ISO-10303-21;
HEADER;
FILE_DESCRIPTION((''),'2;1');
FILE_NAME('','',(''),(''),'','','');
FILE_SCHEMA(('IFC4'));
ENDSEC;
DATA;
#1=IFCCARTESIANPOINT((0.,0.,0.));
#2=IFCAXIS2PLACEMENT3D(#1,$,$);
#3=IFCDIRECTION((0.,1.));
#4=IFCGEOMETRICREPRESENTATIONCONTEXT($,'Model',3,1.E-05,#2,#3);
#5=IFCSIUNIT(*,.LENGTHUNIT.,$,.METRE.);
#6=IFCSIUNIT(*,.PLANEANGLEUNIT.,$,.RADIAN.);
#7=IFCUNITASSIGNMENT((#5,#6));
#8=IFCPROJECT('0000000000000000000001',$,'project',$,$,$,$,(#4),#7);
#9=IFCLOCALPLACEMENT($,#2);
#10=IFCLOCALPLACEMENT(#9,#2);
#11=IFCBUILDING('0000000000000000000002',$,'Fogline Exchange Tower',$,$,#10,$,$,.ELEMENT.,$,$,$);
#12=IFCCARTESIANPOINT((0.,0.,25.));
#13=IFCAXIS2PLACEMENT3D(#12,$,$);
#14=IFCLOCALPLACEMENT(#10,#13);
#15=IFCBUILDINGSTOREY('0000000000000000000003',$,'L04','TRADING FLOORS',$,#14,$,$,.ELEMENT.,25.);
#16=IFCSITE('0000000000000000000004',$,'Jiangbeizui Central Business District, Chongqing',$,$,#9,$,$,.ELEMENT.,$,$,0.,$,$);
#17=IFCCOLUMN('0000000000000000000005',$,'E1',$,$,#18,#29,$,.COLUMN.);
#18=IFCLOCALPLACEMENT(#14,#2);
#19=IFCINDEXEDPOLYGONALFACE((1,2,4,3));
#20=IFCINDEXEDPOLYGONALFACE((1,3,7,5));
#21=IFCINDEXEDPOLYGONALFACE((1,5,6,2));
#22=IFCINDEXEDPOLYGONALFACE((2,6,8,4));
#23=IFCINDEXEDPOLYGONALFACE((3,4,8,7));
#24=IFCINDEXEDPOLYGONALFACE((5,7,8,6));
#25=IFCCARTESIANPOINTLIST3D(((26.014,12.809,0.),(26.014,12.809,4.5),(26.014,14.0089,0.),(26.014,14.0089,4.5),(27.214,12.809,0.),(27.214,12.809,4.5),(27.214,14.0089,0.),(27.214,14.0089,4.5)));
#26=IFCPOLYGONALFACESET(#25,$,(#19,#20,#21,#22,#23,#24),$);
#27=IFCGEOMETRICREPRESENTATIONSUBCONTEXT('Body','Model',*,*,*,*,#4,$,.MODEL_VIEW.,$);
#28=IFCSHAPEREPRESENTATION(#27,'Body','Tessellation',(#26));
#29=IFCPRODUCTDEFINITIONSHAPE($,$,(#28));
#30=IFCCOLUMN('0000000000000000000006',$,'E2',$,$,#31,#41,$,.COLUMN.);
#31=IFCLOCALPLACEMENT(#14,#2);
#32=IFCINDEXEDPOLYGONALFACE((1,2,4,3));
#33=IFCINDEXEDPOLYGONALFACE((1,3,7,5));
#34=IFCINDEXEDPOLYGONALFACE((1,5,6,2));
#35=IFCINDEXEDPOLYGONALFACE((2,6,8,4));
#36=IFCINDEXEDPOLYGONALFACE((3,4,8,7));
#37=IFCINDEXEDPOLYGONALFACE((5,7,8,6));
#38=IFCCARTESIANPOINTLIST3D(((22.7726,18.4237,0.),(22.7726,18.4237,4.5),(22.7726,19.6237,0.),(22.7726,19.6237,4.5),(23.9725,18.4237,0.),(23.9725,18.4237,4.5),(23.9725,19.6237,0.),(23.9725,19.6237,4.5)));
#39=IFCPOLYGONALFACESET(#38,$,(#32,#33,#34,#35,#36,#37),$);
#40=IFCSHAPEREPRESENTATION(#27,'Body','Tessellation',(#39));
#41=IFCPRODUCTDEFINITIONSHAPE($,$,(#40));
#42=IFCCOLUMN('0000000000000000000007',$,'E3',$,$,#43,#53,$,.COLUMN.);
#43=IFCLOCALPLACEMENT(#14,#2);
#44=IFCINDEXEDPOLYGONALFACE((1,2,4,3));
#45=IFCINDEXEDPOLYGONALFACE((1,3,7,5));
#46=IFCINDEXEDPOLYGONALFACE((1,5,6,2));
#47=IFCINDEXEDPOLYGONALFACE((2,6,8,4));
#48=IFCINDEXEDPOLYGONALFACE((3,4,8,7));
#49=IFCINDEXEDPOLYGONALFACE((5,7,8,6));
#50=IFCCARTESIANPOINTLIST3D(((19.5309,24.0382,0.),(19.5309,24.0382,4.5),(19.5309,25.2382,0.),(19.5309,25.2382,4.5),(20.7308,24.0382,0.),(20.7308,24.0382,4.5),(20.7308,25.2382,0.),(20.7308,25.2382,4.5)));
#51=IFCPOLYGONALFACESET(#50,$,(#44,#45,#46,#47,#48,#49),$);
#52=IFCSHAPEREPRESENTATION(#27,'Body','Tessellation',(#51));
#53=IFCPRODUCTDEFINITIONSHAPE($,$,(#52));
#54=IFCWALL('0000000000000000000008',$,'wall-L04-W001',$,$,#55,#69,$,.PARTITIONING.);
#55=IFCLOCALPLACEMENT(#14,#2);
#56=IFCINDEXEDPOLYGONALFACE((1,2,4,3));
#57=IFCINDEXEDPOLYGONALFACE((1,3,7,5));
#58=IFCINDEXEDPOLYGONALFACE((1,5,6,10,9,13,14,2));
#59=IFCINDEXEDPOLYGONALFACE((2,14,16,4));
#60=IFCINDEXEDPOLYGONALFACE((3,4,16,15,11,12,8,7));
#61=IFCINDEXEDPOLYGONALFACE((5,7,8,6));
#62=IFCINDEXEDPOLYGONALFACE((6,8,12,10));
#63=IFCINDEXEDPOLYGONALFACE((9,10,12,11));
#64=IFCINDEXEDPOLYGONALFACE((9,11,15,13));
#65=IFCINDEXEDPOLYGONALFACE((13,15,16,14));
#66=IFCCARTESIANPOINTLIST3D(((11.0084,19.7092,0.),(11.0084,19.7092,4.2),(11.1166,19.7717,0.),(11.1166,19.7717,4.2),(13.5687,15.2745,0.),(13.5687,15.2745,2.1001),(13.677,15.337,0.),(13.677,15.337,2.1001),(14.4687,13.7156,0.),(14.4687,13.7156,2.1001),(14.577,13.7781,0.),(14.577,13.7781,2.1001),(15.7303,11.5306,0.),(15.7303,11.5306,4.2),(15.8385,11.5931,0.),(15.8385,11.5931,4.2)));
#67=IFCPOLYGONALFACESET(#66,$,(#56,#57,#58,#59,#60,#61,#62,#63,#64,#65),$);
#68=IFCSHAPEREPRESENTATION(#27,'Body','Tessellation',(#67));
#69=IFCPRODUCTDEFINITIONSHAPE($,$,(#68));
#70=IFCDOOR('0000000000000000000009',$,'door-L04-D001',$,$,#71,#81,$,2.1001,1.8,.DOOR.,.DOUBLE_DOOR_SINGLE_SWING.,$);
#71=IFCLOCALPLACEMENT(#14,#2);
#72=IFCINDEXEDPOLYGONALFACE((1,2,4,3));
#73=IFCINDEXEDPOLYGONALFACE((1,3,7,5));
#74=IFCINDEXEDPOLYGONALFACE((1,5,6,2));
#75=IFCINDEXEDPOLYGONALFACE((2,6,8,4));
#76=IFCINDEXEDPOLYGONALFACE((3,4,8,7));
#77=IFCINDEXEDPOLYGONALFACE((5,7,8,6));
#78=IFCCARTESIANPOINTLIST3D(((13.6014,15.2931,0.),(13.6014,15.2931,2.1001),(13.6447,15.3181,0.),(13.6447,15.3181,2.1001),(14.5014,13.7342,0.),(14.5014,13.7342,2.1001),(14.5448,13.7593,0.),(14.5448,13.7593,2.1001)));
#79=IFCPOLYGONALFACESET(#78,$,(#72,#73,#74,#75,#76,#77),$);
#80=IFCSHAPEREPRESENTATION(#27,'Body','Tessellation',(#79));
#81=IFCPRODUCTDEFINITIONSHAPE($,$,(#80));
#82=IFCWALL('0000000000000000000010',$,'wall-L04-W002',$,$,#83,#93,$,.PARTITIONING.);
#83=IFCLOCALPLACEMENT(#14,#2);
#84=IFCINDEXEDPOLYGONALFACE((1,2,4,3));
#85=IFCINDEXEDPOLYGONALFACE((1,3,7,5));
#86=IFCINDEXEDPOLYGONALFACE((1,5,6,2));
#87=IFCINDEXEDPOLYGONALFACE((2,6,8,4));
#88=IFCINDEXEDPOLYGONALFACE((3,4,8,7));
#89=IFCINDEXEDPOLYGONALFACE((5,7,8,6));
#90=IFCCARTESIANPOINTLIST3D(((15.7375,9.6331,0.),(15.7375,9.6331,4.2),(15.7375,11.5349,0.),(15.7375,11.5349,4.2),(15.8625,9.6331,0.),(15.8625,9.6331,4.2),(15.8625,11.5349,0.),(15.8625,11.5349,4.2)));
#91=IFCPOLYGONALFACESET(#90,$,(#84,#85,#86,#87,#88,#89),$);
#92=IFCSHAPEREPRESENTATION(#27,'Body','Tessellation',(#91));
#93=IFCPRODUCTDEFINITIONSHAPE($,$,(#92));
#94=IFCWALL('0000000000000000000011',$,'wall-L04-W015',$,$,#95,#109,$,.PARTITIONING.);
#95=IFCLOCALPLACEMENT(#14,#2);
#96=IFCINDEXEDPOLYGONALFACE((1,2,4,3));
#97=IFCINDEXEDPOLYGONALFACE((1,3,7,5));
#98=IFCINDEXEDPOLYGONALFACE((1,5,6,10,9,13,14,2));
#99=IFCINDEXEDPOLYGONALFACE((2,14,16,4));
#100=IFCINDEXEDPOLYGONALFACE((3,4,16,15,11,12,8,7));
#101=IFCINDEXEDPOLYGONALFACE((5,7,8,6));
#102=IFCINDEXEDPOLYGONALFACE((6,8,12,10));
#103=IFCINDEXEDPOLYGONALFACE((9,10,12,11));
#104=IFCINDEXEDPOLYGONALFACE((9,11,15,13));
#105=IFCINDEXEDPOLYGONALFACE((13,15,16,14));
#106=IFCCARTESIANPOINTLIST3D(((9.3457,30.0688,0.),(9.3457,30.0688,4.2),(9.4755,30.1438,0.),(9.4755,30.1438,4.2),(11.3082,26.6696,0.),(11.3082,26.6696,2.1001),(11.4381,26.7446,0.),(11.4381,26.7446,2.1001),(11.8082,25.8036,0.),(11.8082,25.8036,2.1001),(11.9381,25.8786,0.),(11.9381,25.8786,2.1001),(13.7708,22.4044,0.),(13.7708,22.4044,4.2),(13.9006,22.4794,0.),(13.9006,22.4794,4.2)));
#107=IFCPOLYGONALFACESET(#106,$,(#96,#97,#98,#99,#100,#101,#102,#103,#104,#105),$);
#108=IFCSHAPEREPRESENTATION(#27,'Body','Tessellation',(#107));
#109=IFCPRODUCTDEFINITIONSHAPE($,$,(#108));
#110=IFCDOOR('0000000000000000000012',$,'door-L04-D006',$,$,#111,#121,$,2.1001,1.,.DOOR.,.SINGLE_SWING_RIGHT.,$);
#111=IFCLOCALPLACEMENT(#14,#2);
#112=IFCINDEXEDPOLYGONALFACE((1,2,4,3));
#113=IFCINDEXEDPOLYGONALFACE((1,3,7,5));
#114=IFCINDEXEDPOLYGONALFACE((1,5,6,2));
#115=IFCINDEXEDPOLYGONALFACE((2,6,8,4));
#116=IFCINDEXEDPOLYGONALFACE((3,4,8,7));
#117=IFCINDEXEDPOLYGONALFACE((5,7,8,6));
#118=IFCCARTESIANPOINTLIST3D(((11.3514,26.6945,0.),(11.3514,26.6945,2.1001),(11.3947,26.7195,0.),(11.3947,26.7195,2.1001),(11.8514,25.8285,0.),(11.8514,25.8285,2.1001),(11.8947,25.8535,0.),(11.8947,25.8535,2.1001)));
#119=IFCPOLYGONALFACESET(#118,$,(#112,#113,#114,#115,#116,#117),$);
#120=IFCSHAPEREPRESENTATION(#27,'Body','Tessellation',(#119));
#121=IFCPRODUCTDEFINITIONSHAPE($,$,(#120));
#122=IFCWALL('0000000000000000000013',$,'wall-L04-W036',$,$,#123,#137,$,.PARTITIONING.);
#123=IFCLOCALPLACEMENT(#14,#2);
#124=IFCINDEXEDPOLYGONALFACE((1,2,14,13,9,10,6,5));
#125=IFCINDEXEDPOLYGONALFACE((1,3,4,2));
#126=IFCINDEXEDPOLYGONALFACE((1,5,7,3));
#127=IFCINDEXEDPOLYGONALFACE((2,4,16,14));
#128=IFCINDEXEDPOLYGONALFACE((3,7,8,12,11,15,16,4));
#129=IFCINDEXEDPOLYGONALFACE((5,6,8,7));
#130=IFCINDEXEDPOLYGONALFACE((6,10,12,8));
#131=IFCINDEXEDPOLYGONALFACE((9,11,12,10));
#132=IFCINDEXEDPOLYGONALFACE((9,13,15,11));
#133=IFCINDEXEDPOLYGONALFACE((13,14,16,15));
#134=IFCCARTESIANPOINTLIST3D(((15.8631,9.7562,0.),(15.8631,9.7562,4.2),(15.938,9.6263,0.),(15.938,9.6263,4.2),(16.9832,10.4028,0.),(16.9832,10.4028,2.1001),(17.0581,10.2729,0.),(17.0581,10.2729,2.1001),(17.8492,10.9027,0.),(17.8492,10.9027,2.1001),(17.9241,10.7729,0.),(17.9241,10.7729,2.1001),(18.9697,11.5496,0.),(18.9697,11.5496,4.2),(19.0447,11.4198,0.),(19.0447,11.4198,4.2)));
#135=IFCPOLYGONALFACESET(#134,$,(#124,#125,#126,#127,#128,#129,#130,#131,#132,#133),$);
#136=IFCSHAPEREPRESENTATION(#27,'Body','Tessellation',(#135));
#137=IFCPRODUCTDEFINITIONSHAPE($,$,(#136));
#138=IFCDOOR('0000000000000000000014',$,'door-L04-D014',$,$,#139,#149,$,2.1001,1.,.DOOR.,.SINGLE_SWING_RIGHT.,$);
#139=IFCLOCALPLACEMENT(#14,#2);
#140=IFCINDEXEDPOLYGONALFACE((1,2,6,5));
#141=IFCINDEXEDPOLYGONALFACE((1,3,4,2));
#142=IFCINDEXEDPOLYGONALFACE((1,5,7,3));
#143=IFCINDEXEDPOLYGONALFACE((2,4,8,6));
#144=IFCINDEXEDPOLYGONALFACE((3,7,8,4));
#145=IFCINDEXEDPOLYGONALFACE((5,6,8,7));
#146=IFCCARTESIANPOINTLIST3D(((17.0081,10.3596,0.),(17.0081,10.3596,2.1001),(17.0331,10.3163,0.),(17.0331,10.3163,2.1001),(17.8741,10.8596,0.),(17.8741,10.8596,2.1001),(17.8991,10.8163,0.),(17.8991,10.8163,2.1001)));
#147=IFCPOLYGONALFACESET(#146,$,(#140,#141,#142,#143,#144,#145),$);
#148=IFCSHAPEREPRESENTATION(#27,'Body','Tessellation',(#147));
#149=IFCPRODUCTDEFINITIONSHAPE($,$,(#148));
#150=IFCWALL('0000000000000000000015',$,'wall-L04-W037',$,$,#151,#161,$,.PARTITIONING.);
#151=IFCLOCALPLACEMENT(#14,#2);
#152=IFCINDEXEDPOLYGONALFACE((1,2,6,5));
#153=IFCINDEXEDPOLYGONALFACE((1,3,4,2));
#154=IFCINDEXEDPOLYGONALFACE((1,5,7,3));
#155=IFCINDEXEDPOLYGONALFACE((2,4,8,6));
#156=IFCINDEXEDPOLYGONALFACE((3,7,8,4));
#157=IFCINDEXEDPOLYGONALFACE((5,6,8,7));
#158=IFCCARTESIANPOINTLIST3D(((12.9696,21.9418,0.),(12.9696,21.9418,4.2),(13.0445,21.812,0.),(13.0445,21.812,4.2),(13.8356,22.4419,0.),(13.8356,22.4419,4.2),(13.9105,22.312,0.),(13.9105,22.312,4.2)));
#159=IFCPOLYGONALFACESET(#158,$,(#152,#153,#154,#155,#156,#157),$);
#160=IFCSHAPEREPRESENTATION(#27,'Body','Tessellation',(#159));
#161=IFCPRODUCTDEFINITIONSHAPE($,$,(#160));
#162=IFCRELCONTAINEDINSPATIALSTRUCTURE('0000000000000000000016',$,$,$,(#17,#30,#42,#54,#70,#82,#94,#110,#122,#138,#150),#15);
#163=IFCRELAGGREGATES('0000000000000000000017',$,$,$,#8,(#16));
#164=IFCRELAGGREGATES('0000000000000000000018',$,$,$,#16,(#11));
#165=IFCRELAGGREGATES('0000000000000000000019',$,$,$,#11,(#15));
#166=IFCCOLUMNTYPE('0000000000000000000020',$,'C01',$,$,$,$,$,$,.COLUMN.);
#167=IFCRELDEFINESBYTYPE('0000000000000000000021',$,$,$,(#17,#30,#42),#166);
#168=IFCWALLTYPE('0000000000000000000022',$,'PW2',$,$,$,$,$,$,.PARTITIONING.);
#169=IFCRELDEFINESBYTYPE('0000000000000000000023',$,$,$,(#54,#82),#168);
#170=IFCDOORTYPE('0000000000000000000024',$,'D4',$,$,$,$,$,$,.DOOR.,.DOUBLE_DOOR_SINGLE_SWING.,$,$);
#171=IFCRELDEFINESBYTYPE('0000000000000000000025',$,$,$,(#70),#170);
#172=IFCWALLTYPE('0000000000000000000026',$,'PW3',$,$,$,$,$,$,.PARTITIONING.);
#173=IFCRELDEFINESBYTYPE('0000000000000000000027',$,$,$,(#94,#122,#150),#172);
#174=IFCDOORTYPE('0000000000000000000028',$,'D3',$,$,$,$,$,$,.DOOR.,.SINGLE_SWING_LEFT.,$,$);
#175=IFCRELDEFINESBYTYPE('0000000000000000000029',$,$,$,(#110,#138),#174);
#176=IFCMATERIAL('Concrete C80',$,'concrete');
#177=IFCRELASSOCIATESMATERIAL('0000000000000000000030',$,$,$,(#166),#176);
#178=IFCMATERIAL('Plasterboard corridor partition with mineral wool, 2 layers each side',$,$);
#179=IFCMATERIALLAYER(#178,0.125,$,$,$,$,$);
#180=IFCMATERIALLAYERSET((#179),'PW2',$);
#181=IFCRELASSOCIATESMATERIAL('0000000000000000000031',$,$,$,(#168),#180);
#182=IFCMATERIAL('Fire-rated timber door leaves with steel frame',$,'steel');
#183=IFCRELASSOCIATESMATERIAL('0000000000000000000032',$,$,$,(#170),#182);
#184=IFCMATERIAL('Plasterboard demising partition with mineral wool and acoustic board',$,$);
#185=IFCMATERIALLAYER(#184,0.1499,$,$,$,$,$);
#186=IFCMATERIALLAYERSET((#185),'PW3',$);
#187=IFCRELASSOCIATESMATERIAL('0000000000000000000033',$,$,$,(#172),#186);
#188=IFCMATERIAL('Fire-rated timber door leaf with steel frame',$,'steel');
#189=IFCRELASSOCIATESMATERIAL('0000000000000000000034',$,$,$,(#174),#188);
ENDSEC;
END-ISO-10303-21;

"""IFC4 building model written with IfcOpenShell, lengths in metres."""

from ifc_helpers import new_model, si_unit, direction, frame, frame_2d, origin, origin_2d, place, context, subcontext, project, spatial, rectangle, extrude, material, layer, layer_set, material_profile, profile_set, type_object, element, fill, save


model = new_model("IFC4")

# Units and contexts
model_context = context("Model", 3, precision=1e-05, world=origin(), true_north=direction((0.0, 1.0)))
body_context = subcontext(model_context, "Body", "Model", "MODEL_VIEW")
ifc_project = project(units=[si_unit("LENGTHUNIT", "METRE"), si_unit("PLANEANGLEUNIT", "RADIAN")], contexts=[model_context])

# Site, building, storey
site_placement = place(None, origin())
site = spatial("IfcSite", under=ifc_project, at=site_placement, Name="Jiangbeizui Central Business District, Chongqing", CompositionType="ELEMENT", RefElevation=0.0)
building_placement = place(site_placement, origin())
building = spatial("IfcBuilding", under=site, at=building_placement, Name="Fogline Exchange Tower", CompositionType="ELEMENT")
storey_placement = place(building_placement, frame((0.0, 0.0, 25.0)))
storey = spatial("IfcBuildingStorey", under=building, at=storey_placement, Name="L04", Description="TRADING FLOORS", CompositionType="ELEMENT", Elevation=25.0)

# Columns
ifc_material_1 = material(Name="Concrete C80", Category="concrete")
ifc_material_profile = material_profile(ifc_material_1, rectangle(XDim=1.2, YDim=1.2, at=origin_2d()), Name="RC 1200x1200")
ifc_profile_set = profile_set([ifc_material_profile], Name="Concrete C80")
column_type = type_object("IfcColumnType", Name="C01", PredefinedType="COLUMN", material=ifc_profile_set)
for number, where, z_axis, x_axis, name in (
    (1, (26.614, 13.4089, 0.0), (0.0, 0.0, 1.0), (1.0, 0.0, 0.0), "E1"),
    (2, (23.3726, 19.0237, 0.0), (0.0, 0.0, 1.0), (1.0, 0.0, 0.0), "E2"),
    (3, (20.1309, 24.6382, 0.0), (0.0, 0.0, 1.0), (1.0, 0.0, 0.0), "E3"),
):
    element("IfcColumn", number, at=place(storey_placement, frame(where, z_axis=z_axis, x_axis=x_axis)), inside=storey, type_object=column_type, Name=name, PredefinedType="COLUMN", context=body_context, shape_type="SweptSolid", body=[
        extrude(rectangle(XDim=1.2, YDim=1.2, at=origin_2d()), origin(), (0.0, 0.0, 1.0), 4.5),
    ])

# Wall, opening, door
ifc_material_2 = material(Name="Plasterboard corridor partition with mineral wool, 2 layers each side")
ifc_layer_1 = layer(ifc_material_2, 0.125)
ifc_layer_set_1 = layer_set([ifc_layer_1], Name="PW2")
wall_type_1 = type_object("IfcWallType", Name="PW2", PredefinedType="PARTITIONING", material=ifc_layer_set_1)
wall_1_placement = place(storey_placement, frame((11.0625, 19.7405, 0.0), z_axis=(0.0, 0.0, 1.0), x_axis=(0.499995, -0.866028, 0.0)))
wall_1 = element("IfcWall", 4, at=wall_1_placement, inside=storey, type_object=wall_type_1, Name="wall-L04-W001", PredefinedType="PARTITIONING", context=body_context, shape_type="SweptSolid", body=[
    extrude(rectangle(XDim=9.4438, YDim=0.125, at=frame_2d((4.7219, 0.0))), origin(), (0.0, 0.0, 1.0), 4.2),
])
opening_1_placement = place(wall_1_placement, frame((5.1208, 0.0, 0.0)))
opening_1 = element("IfcOpeningElement", 5, at=opening_1_placement, cuts=wall_1, PredefinedType="OPENING", context=body_context, shape_type="SweptSolid", body=[
    extrude(rectangle(XDim=1.8, YDim=2.1001, at=frame_2d((0.8999, 1.05))), frame((0.0, 0.0725, 0.0), z_axis=(0.0, -1.0, 0.0), x_axis=(1.0, 0.0, 0.0)), (0.0, 0.0, 1.0), 0.145),
])
ifc_material_3 = material(Name="Fire-rated timber door leaves with steel frame", Category="steel")
door_type_1 = type_object("IfcDoorType", Name="D4", OperationType="DOUBLE_DOOR_SINGLE_SWING", PredefinedType="DOOR", material=ifc_material_3)
door_1_placement = place(opening_1_placement, frame((1.8, 0.0, 0.0), z_axis=(0.0, 0.0, 1.0), x_axis=(-1.0, 0.0, 0.0)))
door_1 = element("IfcDoor", 6, at=door_1_placement, inside=storey, type_object=door_type_1, Name="door-L04-D001", OperationType="DOUBLE_DOOR_SINGLE_SWING", OverallHeight=2.1001, OverallWidth=1.8, PredefinedType="DOOR", context=body_context, shape_type="SweptSolid", body=[
    extrude(rectangle(XDim=1.8, YDim=2.1001, at=frame_2d((0.8999, 1.05))), frame((0.0, 0.0249, 0.0), z_axis=(0.0, -1.0, 0.0), x_axis=(1.0, 0.0, 0.0)), (0.0, 0.0, 1.0), 0.05),
])
fill(opening_1, door_1)

# Wall
wall_2_placement = place(storey_placement, frame((15.8, 11.5349, 0.0), z_axis=(0.0, 0.0, 1.0), x_axis=(0.0, -1.0, 0.0)))
element("IfcWall", 7, at=wall_2_placement, inside=storey, type_object=wall_type_1, Name="wall-L04-W002", PredefinedType="PARTITIONING", context=body_context, shape_type="SweptSolid", body=[
    extrude(rectangle(XDim=1.9019, YDim=0.125, at=frame_2d((0.9509, 0.0))), origin(), (0.0, 0.0, 1.0), 4.2),
])

# Walls, openings, doors
ifc_material_4 = material(Name="Plasterboard demising partition with mineral wool and acoustic board")
ifc_layer_2 = layer(ifc_material_4, 0.1499)
ifc_layer_set_2 = layer_set([ifc_layer_2], Name="PW3")
wall_type_2 = type_object("IfcWallType", Name="PW3", PredefinedType="PARTITIONING", material=ifc_layer_set_2)
wall_3_placement = place(storey_placement, frame((13.8357, 22.4419, 0.0), z_axis=(0.0, 0.0, 1.0), x_axis=(-0.500005, 0.866023, 0.0)))
wall_3 = element("IfcWall", 8, at=wall_3_placement, inside=storey, type_object=wall_type_2, Name="wall-L04-W015", PredefinedType="PARTITIONING", context=body_context, shape_type="SweptSolid", body=[
    extrude(rectangle(XDim=8.8501, YDim=0.1499, at=frame_2d((4.425, 0.0))), origin(), (0.0, 0.0, 1.0), 4.2),
])
opening_2_placement = place(wall_3_placement, frame((3.925, 0.0, 0.0)))
opening_2 = element("IfcOpeningElement", 9, at=opening_2_placement, cuts=wall_3, PredefinedType="OPENING", context=body_context, shape_type="SweptSolid", body=[
    extrude(rectangle(XDim=1.0, YDim=2.1001, at=frame_2d((0.5, 1.05))), frame((0.0, 0.085, 0.0), z_axis=(0.0, -1.0, 0.0), x_axis=(1.0, 0.0, 0.0)), (0.0, 0.0, 1.0), 0.1699),
])
ifc_material_5 = material(Name="Fire-rated timber door leaf with steel frame", Category="steel")
door_type_2 = type_object("IfcDoorType", Name="D3", OperationType="SINGLE_SWING_LEFT", PredefinedType="DOOR", material=ifc_material_5)
door_2_placement = place(opening_2_placement, frame((1.0, 0.0, 0.0), z_axis=(0.0, 0.0, 1.0), x_axis=(-1.0, 0.0, 0.0)))
door_2 = element("IfcDoor", 10, at=door_2_placement, inside=storey, type_object=door_type_2, Name="door-L04-D006", OperationType="SINGLE_SWING_RIGHT", OverallHeight=2.1001, OverallWidth=1.0, PredefinedType="DOOR", context=body_context, shape_type="SweptSolid", body=[
    extrude(rectangle(XDim=1.0, YDim=2.1001, at=frame_2d((0.5, 1.05))), frame((0.0, 0.0249, 0.0), z_axis=(0.0, -1.0, 0.0), x_axis=(1.0, 0.0, 0.0)), (0.0, 0.0, 1.0), 0.05),
])
fill(opening_2, door_2)
wall_4_placement = place(storey_placement, frame((19.0071, 11.4846, 0.0), z_axis=(0.0, 0.0, 1.0), x_axis=(-0.866048, -0.49996, 0.0)))
wall_4 = element("IfcWall", 11, at=wall_4_placement, inside=storey, type_object=wall_type_2, Name="wall-L04-W036", PredefinedType="PARTITIONING", context=body_context, shape_type="SweptSolid", body=[
    extrude(rectangle(XDim=3.5872, YDim=0.1499, at=frame_2d((1.7935, 0.0))), origin(), (0.0, 0.0, 1.0), 4.2),
])
opening_3_placement = place(wall_4_placement, frame((1.2937, 0.0, 0.0)))
opening_3 = element("IfcOpeningElement", 12, at=opening_3_placement, cuts=wall_4, PredefinedType="OPENING", context=body_context, shape_type="SweptSolid", body=[
    extrude(rectangle(XDim=1.0, YDim=2.1001, at=frame_2d((0.5, 1.05))), frame((0.0, 0.085, 0.0), z_axis=(0.0, -1.0, 0.0), x_axis=(1.0, 0.0, 0.0)), (0.0, 0.0, 1.0), 0.1699),
])
door_3_placement = place(opening_3_placement, origin())
door_3 = element("IfcDoor", 13, at=door_3_placement, inside=storey, type_object=door_type_2, Name="door-L04-D014", OperationType="SINGLE_SWING_RIGHT", OverallHeight=2.1001, OverallWidth=1.0, PredefinedType="DOOR", context=body_context, shape_type="SweptSolid", body=[
    extrude(rectangle(XDim=1.0, YDim=2.1001, at=frame_2d((0.5, 1.05))), frame((0.0, 0.0249, 0.0), z_axis=(0.0, -1.0, 0.0), x_axis=(1.0, 0.0, 0.0)), (0.0, 0.0, 1.0), 0.05),
])
fill(opening_3, door_3)

# Wall
wall_5_placement = place(storey_placement, frame((13.873, 22.377, 0.0), z_axis=(0.0, 0.0, 1.0), x_axis=(-0.866011, -0.500025, 0.0)))
element("IfcWall", 14, at=wall_5_placement, inside=storey, type_object=wall_type_2, Name="wall-L04-W037", PredefinedType="PARTITIONING", context=body_context, shape_type="SweptSolid", body=[
    extrude(rectangle(XDim=1.0, YDim=0.1499, at=frame_2d((0.5, 0.0))), origin(), (0.0, 0.0, 1.0), 4.2),
])

save(model, "model.ifc")
